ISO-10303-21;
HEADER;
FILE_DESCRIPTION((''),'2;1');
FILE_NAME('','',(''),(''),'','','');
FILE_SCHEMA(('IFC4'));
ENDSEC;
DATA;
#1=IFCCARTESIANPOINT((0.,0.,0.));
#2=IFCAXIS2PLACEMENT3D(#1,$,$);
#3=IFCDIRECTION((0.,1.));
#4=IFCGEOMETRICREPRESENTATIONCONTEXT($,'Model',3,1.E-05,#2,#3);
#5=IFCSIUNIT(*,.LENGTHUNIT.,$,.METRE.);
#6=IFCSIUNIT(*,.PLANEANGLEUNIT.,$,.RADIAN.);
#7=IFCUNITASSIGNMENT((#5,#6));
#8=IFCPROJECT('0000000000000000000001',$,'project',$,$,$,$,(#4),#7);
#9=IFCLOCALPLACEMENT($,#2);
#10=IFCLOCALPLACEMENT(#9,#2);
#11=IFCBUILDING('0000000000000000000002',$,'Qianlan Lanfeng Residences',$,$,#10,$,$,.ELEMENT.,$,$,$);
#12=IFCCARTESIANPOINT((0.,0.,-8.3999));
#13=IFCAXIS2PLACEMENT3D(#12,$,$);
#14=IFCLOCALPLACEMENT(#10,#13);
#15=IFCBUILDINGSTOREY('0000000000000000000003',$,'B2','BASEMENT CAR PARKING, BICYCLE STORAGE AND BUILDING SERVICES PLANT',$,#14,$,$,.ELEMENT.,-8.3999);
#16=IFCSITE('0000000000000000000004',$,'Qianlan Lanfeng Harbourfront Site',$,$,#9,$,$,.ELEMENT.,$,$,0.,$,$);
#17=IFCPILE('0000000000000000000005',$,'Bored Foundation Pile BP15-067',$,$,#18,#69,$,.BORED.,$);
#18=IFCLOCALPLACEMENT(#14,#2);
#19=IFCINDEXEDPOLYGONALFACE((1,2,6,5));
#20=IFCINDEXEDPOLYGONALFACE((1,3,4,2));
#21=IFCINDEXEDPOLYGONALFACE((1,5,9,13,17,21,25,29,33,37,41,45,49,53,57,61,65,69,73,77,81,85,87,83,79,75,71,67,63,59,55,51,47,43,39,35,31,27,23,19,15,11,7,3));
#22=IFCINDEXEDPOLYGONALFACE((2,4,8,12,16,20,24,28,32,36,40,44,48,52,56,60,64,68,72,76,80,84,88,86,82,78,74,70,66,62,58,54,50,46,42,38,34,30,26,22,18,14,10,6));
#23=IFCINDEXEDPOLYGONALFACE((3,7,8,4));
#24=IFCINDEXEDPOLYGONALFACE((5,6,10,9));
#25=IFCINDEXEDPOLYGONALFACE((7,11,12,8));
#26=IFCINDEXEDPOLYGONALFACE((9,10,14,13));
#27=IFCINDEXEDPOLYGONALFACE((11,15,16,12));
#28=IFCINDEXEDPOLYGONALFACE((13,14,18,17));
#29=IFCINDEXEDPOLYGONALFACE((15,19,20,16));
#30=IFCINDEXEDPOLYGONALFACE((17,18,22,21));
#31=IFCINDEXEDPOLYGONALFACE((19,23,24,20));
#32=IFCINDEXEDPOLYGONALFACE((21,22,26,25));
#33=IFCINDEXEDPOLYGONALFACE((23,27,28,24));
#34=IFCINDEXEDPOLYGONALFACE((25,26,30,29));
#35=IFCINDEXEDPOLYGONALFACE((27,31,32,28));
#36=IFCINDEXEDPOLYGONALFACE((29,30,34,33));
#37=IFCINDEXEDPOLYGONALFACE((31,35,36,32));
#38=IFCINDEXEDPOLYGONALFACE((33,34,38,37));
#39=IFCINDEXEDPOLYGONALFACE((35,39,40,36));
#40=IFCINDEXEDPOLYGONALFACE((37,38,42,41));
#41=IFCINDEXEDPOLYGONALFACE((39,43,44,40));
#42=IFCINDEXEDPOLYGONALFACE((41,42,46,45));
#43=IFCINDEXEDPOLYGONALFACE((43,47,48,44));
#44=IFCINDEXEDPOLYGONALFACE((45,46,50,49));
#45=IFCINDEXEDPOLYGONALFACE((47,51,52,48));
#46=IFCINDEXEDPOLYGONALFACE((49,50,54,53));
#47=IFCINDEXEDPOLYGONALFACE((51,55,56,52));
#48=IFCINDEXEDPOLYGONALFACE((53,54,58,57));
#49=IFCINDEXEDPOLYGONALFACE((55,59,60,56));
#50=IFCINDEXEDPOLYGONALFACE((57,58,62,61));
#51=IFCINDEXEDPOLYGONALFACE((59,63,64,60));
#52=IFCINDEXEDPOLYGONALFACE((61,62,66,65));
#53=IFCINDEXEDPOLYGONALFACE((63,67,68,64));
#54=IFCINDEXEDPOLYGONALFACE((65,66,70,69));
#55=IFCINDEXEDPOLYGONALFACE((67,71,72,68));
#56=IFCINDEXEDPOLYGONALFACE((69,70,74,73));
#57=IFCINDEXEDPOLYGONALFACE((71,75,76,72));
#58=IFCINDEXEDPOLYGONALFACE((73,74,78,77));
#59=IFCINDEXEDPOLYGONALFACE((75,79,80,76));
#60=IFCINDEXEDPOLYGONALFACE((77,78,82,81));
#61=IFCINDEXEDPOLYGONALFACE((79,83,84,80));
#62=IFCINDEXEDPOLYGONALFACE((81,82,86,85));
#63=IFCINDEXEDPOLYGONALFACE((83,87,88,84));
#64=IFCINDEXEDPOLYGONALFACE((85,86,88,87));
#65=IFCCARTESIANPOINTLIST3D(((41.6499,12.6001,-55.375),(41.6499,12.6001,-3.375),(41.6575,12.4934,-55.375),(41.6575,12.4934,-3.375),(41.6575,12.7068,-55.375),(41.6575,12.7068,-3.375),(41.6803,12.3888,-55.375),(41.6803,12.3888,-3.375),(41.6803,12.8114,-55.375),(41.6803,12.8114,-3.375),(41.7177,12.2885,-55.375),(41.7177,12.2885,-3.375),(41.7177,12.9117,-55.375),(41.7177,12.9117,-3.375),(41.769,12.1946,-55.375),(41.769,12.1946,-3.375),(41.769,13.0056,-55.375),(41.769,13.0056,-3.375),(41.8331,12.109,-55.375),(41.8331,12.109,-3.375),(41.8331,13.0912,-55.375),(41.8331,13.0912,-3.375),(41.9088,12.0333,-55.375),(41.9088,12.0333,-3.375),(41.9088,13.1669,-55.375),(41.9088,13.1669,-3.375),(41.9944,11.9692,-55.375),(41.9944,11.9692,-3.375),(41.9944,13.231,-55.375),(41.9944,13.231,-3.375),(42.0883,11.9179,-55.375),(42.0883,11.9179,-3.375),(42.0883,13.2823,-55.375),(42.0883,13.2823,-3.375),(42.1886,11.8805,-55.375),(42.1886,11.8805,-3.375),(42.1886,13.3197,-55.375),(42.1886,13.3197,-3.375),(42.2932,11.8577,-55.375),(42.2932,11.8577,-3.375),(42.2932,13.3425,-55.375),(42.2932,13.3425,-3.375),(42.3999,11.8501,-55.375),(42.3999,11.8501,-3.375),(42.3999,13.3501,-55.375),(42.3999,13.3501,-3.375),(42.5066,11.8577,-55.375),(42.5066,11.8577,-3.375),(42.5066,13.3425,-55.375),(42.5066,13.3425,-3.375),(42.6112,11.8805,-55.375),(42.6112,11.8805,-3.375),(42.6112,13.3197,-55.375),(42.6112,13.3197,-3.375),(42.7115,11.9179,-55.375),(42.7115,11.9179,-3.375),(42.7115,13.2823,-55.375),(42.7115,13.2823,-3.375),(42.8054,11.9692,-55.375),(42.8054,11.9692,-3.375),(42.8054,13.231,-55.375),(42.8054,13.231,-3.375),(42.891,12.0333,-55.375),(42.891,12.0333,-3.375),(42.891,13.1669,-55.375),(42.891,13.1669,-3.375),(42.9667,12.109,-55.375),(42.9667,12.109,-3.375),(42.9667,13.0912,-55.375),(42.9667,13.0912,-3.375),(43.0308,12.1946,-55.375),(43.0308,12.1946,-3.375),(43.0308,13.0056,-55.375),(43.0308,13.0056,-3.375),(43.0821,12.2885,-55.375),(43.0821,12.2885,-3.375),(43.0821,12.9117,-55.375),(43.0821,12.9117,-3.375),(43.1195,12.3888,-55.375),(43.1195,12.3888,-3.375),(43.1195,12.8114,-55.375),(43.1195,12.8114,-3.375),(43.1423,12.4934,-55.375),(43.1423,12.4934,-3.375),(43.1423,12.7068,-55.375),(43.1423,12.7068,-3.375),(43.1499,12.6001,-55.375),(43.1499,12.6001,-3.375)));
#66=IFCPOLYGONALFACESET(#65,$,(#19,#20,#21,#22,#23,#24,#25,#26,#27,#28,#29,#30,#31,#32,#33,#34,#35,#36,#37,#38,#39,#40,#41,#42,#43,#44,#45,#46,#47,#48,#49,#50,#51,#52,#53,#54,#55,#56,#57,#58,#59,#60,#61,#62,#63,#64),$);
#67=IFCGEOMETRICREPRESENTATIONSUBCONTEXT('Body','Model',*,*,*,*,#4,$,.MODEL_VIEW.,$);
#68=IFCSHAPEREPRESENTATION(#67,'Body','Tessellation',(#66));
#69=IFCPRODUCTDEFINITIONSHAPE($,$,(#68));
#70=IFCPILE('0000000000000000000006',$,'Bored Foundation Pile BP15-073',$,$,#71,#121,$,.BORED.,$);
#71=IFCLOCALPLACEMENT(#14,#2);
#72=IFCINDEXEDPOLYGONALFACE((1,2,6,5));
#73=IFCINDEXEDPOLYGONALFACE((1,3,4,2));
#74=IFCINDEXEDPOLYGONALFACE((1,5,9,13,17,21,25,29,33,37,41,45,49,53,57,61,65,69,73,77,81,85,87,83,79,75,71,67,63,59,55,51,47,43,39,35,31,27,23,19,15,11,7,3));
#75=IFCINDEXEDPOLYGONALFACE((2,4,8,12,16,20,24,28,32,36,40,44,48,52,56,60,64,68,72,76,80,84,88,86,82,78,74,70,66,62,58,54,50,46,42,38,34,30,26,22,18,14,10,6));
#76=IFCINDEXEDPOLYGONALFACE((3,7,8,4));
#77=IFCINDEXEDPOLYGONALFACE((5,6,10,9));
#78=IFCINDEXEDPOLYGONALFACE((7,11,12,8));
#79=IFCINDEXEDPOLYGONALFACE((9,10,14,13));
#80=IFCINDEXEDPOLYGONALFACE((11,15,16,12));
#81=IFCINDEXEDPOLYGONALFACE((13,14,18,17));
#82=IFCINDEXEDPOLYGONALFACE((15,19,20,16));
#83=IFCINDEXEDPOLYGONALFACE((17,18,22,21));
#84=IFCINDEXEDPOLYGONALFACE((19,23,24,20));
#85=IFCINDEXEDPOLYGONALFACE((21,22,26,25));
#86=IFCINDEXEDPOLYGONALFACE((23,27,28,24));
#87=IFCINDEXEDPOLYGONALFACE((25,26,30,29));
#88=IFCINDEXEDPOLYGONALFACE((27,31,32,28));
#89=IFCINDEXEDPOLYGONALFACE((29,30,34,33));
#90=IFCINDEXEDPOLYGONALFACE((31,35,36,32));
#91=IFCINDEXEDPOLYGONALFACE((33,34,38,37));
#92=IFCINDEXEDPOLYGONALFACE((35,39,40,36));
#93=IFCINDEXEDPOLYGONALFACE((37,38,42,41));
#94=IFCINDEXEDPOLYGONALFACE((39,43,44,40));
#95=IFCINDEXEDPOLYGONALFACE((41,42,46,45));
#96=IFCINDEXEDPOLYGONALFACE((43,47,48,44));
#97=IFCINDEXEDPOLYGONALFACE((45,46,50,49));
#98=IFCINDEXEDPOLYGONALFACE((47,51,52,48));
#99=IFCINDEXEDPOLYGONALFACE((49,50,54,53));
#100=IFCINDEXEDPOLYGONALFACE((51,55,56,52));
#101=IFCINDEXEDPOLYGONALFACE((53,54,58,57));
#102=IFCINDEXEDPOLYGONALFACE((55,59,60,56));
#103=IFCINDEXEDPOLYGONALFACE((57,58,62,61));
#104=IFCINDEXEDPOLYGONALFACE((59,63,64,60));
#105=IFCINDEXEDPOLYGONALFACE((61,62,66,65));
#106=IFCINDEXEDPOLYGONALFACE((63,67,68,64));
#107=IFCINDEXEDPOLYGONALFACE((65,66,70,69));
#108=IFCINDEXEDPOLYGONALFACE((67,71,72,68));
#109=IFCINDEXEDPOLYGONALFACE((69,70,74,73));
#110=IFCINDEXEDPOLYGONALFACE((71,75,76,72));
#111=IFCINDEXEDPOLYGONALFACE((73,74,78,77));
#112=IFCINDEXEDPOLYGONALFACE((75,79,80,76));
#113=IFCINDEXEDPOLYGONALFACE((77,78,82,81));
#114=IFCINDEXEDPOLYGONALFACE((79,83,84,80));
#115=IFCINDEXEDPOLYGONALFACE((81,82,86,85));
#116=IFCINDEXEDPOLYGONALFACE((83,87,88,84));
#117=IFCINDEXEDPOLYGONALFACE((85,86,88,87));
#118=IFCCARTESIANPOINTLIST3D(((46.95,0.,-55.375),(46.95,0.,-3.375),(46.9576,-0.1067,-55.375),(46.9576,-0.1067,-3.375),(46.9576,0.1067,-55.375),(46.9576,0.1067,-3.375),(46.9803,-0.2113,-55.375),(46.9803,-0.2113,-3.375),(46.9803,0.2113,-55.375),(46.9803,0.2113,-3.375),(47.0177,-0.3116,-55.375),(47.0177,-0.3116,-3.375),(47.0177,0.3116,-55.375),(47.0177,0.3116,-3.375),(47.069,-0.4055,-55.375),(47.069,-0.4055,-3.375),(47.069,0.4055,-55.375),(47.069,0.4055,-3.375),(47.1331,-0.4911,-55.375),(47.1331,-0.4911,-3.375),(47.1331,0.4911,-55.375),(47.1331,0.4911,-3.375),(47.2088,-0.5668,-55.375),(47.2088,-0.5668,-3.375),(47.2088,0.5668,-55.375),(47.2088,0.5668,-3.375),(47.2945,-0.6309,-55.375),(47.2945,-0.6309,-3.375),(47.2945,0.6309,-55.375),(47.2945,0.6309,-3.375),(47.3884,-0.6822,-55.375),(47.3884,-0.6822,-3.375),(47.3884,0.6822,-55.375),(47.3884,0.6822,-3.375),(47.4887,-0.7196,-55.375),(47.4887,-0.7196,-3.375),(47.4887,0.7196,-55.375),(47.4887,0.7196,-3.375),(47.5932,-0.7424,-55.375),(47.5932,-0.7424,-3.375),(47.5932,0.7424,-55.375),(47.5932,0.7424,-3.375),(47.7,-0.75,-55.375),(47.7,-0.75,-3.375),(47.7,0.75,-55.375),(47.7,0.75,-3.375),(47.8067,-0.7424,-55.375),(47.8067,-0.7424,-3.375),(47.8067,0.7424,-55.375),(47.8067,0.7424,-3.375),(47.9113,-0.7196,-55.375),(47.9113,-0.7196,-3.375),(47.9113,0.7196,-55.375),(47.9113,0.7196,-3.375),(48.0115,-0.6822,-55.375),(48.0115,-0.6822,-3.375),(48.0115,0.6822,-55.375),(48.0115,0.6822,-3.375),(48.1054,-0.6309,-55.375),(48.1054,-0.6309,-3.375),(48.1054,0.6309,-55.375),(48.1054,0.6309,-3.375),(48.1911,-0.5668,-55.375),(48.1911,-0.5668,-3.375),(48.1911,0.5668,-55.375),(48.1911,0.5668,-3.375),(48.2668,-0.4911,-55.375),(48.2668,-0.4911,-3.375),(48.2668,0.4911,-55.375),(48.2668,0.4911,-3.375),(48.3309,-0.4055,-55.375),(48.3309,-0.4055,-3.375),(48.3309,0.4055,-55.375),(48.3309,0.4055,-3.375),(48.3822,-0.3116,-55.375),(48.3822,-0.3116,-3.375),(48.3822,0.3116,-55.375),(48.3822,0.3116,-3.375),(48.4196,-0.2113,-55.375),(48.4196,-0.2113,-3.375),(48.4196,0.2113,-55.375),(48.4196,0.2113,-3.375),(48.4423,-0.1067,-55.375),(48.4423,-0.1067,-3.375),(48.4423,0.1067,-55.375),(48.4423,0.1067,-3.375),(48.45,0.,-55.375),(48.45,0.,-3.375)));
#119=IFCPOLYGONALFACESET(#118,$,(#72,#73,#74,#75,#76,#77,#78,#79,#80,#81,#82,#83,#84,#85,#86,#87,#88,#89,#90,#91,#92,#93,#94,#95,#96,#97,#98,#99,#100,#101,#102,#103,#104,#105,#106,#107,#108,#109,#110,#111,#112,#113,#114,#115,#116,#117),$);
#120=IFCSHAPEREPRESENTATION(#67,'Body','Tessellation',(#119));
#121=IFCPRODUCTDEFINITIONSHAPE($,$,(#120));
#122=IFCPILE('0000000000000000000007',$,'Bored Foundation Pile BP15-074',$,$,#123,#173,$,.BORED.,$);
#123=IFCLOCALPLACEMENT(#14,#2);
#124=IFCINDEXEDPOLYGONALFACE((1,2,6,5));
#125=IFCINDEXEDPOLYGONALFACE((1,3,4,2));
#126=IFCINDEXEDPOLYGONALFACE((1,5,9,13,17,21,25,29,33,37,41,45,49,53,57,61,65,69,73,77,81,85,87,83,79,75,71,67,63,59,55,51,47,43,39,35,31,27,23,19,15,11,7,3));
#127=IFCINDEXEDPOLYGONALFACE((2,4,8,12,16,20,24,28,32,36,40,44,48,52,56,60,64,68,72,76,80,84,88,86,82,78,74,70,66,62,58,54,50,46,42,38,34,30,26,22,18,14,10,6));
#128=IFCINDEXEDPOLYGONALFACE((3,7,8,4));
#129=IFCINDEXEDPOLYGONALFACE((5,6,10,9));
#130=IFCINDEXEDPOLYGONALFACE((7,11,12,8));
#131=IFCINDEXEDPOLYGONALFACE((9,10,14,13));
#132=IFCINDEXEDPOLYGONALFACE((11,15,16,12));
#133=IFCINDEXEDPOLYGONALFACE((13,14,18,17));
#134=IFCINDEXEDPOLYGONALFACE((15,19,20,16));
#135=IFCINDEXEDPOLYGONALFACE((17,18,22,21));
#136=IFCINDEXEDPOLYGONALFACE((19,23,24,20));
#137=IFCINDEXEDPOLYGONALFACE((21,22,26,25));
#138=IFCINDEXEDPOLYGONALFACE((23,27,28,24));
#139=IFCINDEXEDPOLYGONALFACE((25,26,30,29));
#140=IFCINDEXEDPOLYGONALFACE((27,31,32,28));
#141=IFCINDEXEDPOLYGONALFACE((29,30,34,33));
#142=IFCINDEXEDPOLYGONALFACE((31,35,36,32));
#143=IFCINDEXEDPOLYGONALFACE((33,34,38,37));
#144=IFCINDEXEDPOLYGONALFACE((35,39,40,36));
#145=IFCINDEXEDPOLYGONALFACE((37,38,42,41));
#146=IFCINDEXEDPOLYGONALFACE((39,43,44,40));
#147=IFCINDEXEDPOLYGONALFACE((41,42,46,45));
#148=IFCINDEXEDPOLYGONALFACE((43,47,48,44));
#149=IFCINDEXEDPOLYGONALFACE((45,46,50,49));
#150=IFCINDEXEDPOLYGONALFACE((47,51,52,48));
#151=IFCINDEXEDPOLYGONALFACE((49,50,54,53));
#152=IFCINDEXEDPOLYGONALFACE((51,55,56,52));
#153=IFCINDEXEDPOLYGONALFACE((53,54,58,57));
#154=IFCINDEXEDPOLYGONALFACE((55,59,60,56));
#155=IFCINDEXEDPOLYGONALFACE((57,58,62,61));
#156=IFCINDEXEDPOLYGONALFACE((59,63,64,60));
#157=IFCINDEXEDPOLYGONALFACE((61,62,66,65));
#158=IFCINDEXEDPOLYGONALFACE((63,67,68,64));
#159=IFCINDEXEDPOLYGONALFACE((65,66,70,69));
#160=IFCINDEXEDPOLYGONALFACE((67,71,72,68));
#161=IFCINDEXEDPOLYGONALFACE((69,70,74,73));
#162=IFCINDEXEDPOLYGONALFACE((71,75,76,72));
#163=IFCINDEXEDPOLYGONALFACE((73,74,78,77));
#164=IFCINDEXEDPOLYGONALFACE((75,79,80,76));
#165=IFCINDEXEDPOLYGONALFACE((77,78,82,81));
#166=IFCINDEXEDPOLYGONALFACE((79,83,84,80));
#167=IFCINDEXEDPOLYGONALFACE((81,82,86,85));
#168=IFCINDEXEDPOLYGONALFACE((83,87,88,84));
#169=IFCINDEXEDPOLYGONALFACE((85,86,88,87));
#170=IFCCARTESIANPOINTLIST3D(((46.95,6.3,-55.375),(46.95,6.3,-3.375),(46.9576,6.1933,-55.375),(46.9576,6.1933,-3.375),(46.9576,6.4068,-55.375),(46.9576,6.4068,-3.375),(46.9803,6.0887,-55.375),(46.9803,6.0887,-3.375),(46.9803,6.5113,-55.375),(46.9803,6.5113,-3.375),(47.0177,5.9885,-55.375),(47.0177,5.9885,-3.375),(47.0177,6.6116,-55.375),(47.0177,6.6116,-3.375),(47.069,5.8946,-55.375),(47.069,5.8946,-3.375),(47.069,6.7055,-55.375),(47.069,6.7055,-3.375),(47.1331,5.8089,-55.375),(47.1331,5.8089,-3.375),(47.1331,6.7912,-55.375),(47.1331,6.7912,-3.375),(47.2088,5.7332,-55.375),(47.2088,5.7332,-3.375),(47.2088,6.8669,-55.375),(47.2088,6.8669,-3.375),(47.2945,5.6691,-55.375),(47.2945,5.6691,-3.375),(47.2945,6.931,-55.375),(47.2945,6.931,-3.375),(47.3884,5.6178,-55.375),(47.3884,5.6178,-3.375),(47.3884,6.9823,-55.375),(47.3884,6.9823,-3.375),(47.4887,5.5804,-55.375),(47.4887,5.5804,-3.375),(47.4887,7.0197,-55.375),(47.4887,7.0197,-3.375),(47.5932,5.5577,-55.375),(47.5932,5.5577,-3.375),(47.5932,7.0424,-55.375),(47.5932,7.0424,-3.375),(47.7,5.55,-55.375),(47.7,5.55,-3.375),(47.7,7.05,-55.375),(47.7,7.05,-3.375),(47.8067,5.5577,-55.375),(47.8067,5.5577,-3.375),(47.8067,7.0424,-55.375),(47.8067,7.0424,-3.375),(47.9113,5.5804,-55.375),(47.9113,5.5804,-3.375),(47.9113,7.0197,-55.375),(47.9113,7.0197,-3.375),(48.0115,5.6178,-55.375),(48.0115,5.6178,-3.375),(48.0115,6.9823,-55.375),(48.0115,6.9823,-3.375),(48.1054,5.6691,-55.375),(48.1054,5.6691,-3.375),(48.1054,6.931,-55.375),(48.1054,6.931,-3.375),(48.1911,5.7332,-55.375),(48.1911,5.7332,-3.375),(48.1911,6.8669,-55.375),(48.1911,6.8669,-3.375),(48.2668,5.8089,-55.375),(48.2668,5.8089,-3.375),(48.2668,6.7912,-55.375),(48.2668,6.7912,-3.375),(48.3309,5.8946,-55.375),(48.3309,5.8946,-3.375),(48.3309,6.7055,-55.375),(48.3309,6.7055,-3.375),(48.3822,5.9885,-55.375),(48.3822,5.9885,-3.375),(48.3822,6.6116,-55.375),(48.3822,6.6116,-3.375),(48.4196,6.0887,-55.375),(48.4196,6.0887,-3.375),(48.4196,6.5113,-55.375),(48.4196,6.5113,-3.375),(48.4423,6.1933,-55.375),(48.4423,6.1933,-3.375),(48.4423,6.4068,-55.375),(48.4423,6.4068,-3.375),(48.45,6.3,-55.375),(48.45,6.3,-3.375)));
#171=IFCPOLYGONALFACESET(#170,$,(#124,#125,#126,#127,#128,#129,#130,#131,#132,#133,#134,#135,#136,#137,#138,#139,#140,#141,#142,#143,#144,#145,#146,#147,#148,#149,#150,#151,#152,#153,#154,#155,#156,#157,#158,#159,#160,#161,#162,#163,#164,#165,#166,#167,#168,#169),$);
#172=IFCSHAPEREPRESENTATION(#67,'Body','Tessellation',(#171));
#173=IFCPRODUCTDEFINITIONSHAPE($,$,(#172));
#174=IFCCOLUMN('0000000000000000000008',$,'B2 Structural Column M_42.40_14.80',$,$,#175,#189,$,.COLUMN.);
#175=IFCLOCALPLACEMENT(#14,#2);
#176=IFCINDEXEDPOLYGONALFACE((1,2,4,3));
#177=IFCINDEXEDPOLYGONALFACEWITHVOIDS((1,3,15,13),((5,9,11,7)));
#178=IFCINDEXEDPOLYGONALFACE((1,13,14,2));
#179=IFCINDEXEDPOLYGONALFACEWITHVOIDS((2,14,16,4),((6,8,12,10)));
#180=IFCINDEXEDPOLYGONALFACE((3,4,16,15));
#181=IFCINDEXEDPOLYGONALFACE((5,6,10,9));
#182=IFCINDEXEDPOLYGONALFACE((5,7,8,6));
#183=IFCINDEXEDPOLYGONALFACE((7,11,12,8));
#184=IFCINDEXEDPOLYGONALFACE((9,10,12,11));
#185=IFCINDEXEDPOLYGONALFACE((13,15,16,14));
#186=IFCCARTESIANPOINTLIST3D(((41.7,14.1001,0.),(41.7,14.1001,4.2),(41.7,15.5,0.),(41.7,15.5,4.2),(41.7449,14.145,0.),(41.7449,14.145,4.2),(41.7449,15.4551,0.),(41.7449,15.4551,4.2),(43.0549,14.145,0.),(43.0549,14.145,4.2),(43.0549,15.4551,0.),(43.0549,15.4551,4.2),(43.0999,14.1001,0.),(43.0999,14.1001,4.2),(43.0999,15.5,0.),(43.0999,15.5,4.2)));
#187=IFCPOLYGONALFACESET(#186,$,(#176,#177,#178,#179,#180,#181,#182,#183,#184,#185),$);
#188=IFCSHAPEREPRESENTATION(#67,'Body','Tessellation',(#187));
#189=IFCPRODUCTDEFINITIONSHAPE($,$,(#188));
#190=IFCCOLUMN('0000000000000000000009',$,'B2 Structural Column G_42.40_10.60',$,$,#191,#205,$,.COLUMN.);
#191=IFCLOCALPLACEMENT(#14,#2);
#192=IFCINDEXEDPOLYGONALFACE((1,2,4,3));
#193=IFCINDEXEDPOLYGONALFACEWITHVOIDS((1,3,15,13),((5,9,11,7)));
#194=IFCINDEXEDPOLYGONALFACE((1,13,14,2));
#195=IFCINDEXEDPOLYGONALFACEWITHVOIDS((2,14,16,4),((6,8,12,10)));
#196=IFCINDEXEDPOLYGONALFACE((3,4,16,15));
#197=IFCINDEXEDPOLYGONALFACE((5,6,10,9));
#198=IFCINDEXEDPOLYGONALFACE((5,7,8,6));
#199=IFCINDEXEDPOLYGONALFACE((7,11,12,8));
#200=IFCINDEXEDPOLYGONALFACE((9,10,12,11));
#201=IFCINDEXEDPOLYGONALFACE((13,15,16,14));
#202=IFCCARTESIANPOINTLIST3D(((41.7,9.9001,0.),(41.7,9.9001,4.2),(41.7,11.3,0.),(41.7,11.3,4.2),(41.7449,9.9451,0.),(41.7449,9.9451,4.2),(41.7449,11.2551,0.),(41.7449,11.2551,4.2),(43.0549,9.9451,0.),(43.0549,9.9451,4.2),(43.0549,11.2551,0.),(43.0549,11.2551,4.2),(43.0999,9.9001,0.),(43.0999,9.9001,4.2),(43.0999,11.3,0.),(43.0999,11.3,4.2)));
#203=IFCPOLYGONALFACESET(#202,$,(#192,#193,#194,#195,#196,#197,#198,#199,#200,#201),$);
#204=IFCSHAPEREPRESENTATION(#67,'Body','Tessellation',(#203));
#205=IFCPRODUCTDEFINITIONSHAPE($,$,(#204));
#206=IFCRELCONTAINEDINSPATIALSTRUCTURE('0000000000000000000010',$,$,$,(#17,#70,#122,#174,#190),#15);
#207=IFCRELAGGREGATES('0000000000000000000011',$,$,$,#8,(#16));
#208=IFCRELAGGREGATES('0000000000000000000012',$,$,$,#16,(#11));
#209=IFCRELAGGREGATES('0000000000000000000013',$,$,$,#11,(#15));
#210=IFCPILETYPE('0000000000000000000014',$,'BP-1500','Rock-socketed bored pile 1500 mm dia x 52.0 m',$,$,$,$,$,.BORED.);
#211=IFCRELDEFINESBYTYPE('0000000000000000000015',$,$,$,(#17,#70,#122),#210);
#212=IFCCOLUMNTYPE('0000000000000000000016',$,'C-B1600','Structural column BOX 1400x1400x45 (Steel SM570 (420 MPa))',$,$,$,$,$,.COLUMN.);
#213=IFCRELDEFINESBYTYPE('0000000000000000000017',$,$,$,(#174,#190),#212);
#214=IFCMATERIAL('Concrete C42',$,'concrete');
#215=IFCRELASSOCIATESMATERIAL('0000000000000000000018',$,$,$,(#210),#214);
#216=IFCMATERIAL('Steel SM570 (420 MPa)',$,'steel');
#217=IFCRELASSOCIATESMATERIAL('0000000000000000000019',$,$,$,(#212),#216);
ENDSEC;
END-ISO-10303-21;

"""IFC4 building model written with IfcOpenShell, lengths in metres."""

from ifc_helpers import new_model, si_unit, direction, frame, origin, origin_2d, place, context, subcontext, project, spatial, hollow_rectangle, circle, extrude, material, material_profile, profile_set, type_object, element, save


model = new_model("IFC4")

# Units and contexts
model_context = context("Model", 3, precision=1e-05, world=origin(), true_north=direction((0.0, 1.0)))
body_context = subcontext(model_context, "Body", "Model", "MODEL_VIEW")
ifc_project = project(units=[si_unit("LENGTHUNIT", "METRE"), si_unit("PLANEANGLEUNIT", "RADIAN")], contexts=[model_context])

# Site, building, storey
site_placement = place(None, origin())
site = spatial("IfcSite", under=ifc_project, at=site_placement, Name="Qianlan Lanfeng Harbourfront Site", CompositionType="ELEMENT", RefElevation=0.0)
building_placement = place(site_placement, origin())
building = spatial("IfcBuilding", under=site, at=building_placement, Name="Qianlan Lanfeng Residences", CompositionType="ELEMENT")
storey_placement = place(building_placement, frame((0.0, 0.0, -8.3999)))
storey = spatial("IfcBuildingStorey", under=building, at=storey_placement, Name="B2", Description="BASEMENT CAR PARKING, BICYCLE STORAGE AND BUILDING SERVICES PLANT", CompositionType="ELEMENT", Elevation=-8.3999)

# Piles
ifc_material_1 = material(Name="Concrete C42", Category="concrete")
ifc_material_profile_1 = material_profile(ifc_material_1, circle(Radius=0.75, at=origin_2d()), Name="PILE D1500")
ifc_profile_set_1 = profile_set([ifc_material_profile_1], Name="Concrete C42")
pile_type_1 = type_object("IfcPileType", Name="BP-1500", Description="Rock-socketed bored pile 1500 mm dia x 52.0 m", PredefinedType="BORED", material=ifc_profile_set_1)
for number, where, z_axis, x_axis, name in (
    (1, (42.3999, 12.6001, -3.375), (0.0, 0.0, -1.0), (1.0, 0.0, 0.0), "Bored Foundation Pile BP15-067"),
    (2, (47.7, 0.0, -3.375), (0.0, 0.0, -1.0), (1.0, 0.0, 0.0), "Bored Foundation Pile BP15-073"),
    (3, (47.7, 6.3, -3.375), (0.0, 0.0, -1.0), (1.0, 0.0, 0.0), "Bored Foundation Pile BP15-074"),
):
    element("IfcPile", number, at=place(storey_placement, frame(where, z_axis=z_axis, x_axis=x_axis)), inside=storey, type_object=pile_type_1, Name=name, PredefinedType="BORED", context=body_context, shape_type="SweptSolid", body=[
        extrude(circle(Radius=0.75, at=origin_2d()), origin(), (0.0, 0.0, 1.0), 52.0),
    ])

# Columns
ifc_material_2 = material(Name="Steel SM570 (420 MPa)", Category="steel")
ifc_material_profile_2 = material_profile(ifc_material_2, hollow_rectangle(XDim=1.3999, YDim=1.3999, WallThickness=0.0449, at=origin_2d()), Name="BOX 1400x1400x45")
ifc_profile_set_2 = profile_set([ifc_material_profile_2], Name="Steel SM570 (420 MPa)")
column_type_1 = type_object("IfcColumnType", Name="C-B1600", Description="Structural column BOX 1400x1400x45 (Steel SM570 (420 MPa))", PredefinedType="COLUMN", material=ifc_profile_set_2)
for number, where, z_axis, x_axis, name in (
    (4, (42.3999, 14.8, 0.0), (0.0, 0.0, 1.0), (1.0, 0.0, 0.0), "B2 Structural Column M_42.40_14.80"),
    (5, (42.3999, 10.6001, 0.0), (0.0, 0.0, 1.0), (1.0, 0.0, 0.0), "B2 Structural Column G_42.40_10.60"),
):
    element("IfcColumn", number, at=place(storey_placement, frame(where, z_axis=z_axis, x_axis=x_axis)), inside=storey, type_object=column_type_1, Name=name, PredefinedType="COLUMN", context=body_context, shape_type="SweptSolid", body=[
        extrude(hollow_rectangle(XDim=1.3999, YDim=1.3999, WallThickness=0.0449, at=origin_2d()), origin(), (0.0, 0.0, 1.0), 4.2),
    ])

save(model, "model.ifc")
